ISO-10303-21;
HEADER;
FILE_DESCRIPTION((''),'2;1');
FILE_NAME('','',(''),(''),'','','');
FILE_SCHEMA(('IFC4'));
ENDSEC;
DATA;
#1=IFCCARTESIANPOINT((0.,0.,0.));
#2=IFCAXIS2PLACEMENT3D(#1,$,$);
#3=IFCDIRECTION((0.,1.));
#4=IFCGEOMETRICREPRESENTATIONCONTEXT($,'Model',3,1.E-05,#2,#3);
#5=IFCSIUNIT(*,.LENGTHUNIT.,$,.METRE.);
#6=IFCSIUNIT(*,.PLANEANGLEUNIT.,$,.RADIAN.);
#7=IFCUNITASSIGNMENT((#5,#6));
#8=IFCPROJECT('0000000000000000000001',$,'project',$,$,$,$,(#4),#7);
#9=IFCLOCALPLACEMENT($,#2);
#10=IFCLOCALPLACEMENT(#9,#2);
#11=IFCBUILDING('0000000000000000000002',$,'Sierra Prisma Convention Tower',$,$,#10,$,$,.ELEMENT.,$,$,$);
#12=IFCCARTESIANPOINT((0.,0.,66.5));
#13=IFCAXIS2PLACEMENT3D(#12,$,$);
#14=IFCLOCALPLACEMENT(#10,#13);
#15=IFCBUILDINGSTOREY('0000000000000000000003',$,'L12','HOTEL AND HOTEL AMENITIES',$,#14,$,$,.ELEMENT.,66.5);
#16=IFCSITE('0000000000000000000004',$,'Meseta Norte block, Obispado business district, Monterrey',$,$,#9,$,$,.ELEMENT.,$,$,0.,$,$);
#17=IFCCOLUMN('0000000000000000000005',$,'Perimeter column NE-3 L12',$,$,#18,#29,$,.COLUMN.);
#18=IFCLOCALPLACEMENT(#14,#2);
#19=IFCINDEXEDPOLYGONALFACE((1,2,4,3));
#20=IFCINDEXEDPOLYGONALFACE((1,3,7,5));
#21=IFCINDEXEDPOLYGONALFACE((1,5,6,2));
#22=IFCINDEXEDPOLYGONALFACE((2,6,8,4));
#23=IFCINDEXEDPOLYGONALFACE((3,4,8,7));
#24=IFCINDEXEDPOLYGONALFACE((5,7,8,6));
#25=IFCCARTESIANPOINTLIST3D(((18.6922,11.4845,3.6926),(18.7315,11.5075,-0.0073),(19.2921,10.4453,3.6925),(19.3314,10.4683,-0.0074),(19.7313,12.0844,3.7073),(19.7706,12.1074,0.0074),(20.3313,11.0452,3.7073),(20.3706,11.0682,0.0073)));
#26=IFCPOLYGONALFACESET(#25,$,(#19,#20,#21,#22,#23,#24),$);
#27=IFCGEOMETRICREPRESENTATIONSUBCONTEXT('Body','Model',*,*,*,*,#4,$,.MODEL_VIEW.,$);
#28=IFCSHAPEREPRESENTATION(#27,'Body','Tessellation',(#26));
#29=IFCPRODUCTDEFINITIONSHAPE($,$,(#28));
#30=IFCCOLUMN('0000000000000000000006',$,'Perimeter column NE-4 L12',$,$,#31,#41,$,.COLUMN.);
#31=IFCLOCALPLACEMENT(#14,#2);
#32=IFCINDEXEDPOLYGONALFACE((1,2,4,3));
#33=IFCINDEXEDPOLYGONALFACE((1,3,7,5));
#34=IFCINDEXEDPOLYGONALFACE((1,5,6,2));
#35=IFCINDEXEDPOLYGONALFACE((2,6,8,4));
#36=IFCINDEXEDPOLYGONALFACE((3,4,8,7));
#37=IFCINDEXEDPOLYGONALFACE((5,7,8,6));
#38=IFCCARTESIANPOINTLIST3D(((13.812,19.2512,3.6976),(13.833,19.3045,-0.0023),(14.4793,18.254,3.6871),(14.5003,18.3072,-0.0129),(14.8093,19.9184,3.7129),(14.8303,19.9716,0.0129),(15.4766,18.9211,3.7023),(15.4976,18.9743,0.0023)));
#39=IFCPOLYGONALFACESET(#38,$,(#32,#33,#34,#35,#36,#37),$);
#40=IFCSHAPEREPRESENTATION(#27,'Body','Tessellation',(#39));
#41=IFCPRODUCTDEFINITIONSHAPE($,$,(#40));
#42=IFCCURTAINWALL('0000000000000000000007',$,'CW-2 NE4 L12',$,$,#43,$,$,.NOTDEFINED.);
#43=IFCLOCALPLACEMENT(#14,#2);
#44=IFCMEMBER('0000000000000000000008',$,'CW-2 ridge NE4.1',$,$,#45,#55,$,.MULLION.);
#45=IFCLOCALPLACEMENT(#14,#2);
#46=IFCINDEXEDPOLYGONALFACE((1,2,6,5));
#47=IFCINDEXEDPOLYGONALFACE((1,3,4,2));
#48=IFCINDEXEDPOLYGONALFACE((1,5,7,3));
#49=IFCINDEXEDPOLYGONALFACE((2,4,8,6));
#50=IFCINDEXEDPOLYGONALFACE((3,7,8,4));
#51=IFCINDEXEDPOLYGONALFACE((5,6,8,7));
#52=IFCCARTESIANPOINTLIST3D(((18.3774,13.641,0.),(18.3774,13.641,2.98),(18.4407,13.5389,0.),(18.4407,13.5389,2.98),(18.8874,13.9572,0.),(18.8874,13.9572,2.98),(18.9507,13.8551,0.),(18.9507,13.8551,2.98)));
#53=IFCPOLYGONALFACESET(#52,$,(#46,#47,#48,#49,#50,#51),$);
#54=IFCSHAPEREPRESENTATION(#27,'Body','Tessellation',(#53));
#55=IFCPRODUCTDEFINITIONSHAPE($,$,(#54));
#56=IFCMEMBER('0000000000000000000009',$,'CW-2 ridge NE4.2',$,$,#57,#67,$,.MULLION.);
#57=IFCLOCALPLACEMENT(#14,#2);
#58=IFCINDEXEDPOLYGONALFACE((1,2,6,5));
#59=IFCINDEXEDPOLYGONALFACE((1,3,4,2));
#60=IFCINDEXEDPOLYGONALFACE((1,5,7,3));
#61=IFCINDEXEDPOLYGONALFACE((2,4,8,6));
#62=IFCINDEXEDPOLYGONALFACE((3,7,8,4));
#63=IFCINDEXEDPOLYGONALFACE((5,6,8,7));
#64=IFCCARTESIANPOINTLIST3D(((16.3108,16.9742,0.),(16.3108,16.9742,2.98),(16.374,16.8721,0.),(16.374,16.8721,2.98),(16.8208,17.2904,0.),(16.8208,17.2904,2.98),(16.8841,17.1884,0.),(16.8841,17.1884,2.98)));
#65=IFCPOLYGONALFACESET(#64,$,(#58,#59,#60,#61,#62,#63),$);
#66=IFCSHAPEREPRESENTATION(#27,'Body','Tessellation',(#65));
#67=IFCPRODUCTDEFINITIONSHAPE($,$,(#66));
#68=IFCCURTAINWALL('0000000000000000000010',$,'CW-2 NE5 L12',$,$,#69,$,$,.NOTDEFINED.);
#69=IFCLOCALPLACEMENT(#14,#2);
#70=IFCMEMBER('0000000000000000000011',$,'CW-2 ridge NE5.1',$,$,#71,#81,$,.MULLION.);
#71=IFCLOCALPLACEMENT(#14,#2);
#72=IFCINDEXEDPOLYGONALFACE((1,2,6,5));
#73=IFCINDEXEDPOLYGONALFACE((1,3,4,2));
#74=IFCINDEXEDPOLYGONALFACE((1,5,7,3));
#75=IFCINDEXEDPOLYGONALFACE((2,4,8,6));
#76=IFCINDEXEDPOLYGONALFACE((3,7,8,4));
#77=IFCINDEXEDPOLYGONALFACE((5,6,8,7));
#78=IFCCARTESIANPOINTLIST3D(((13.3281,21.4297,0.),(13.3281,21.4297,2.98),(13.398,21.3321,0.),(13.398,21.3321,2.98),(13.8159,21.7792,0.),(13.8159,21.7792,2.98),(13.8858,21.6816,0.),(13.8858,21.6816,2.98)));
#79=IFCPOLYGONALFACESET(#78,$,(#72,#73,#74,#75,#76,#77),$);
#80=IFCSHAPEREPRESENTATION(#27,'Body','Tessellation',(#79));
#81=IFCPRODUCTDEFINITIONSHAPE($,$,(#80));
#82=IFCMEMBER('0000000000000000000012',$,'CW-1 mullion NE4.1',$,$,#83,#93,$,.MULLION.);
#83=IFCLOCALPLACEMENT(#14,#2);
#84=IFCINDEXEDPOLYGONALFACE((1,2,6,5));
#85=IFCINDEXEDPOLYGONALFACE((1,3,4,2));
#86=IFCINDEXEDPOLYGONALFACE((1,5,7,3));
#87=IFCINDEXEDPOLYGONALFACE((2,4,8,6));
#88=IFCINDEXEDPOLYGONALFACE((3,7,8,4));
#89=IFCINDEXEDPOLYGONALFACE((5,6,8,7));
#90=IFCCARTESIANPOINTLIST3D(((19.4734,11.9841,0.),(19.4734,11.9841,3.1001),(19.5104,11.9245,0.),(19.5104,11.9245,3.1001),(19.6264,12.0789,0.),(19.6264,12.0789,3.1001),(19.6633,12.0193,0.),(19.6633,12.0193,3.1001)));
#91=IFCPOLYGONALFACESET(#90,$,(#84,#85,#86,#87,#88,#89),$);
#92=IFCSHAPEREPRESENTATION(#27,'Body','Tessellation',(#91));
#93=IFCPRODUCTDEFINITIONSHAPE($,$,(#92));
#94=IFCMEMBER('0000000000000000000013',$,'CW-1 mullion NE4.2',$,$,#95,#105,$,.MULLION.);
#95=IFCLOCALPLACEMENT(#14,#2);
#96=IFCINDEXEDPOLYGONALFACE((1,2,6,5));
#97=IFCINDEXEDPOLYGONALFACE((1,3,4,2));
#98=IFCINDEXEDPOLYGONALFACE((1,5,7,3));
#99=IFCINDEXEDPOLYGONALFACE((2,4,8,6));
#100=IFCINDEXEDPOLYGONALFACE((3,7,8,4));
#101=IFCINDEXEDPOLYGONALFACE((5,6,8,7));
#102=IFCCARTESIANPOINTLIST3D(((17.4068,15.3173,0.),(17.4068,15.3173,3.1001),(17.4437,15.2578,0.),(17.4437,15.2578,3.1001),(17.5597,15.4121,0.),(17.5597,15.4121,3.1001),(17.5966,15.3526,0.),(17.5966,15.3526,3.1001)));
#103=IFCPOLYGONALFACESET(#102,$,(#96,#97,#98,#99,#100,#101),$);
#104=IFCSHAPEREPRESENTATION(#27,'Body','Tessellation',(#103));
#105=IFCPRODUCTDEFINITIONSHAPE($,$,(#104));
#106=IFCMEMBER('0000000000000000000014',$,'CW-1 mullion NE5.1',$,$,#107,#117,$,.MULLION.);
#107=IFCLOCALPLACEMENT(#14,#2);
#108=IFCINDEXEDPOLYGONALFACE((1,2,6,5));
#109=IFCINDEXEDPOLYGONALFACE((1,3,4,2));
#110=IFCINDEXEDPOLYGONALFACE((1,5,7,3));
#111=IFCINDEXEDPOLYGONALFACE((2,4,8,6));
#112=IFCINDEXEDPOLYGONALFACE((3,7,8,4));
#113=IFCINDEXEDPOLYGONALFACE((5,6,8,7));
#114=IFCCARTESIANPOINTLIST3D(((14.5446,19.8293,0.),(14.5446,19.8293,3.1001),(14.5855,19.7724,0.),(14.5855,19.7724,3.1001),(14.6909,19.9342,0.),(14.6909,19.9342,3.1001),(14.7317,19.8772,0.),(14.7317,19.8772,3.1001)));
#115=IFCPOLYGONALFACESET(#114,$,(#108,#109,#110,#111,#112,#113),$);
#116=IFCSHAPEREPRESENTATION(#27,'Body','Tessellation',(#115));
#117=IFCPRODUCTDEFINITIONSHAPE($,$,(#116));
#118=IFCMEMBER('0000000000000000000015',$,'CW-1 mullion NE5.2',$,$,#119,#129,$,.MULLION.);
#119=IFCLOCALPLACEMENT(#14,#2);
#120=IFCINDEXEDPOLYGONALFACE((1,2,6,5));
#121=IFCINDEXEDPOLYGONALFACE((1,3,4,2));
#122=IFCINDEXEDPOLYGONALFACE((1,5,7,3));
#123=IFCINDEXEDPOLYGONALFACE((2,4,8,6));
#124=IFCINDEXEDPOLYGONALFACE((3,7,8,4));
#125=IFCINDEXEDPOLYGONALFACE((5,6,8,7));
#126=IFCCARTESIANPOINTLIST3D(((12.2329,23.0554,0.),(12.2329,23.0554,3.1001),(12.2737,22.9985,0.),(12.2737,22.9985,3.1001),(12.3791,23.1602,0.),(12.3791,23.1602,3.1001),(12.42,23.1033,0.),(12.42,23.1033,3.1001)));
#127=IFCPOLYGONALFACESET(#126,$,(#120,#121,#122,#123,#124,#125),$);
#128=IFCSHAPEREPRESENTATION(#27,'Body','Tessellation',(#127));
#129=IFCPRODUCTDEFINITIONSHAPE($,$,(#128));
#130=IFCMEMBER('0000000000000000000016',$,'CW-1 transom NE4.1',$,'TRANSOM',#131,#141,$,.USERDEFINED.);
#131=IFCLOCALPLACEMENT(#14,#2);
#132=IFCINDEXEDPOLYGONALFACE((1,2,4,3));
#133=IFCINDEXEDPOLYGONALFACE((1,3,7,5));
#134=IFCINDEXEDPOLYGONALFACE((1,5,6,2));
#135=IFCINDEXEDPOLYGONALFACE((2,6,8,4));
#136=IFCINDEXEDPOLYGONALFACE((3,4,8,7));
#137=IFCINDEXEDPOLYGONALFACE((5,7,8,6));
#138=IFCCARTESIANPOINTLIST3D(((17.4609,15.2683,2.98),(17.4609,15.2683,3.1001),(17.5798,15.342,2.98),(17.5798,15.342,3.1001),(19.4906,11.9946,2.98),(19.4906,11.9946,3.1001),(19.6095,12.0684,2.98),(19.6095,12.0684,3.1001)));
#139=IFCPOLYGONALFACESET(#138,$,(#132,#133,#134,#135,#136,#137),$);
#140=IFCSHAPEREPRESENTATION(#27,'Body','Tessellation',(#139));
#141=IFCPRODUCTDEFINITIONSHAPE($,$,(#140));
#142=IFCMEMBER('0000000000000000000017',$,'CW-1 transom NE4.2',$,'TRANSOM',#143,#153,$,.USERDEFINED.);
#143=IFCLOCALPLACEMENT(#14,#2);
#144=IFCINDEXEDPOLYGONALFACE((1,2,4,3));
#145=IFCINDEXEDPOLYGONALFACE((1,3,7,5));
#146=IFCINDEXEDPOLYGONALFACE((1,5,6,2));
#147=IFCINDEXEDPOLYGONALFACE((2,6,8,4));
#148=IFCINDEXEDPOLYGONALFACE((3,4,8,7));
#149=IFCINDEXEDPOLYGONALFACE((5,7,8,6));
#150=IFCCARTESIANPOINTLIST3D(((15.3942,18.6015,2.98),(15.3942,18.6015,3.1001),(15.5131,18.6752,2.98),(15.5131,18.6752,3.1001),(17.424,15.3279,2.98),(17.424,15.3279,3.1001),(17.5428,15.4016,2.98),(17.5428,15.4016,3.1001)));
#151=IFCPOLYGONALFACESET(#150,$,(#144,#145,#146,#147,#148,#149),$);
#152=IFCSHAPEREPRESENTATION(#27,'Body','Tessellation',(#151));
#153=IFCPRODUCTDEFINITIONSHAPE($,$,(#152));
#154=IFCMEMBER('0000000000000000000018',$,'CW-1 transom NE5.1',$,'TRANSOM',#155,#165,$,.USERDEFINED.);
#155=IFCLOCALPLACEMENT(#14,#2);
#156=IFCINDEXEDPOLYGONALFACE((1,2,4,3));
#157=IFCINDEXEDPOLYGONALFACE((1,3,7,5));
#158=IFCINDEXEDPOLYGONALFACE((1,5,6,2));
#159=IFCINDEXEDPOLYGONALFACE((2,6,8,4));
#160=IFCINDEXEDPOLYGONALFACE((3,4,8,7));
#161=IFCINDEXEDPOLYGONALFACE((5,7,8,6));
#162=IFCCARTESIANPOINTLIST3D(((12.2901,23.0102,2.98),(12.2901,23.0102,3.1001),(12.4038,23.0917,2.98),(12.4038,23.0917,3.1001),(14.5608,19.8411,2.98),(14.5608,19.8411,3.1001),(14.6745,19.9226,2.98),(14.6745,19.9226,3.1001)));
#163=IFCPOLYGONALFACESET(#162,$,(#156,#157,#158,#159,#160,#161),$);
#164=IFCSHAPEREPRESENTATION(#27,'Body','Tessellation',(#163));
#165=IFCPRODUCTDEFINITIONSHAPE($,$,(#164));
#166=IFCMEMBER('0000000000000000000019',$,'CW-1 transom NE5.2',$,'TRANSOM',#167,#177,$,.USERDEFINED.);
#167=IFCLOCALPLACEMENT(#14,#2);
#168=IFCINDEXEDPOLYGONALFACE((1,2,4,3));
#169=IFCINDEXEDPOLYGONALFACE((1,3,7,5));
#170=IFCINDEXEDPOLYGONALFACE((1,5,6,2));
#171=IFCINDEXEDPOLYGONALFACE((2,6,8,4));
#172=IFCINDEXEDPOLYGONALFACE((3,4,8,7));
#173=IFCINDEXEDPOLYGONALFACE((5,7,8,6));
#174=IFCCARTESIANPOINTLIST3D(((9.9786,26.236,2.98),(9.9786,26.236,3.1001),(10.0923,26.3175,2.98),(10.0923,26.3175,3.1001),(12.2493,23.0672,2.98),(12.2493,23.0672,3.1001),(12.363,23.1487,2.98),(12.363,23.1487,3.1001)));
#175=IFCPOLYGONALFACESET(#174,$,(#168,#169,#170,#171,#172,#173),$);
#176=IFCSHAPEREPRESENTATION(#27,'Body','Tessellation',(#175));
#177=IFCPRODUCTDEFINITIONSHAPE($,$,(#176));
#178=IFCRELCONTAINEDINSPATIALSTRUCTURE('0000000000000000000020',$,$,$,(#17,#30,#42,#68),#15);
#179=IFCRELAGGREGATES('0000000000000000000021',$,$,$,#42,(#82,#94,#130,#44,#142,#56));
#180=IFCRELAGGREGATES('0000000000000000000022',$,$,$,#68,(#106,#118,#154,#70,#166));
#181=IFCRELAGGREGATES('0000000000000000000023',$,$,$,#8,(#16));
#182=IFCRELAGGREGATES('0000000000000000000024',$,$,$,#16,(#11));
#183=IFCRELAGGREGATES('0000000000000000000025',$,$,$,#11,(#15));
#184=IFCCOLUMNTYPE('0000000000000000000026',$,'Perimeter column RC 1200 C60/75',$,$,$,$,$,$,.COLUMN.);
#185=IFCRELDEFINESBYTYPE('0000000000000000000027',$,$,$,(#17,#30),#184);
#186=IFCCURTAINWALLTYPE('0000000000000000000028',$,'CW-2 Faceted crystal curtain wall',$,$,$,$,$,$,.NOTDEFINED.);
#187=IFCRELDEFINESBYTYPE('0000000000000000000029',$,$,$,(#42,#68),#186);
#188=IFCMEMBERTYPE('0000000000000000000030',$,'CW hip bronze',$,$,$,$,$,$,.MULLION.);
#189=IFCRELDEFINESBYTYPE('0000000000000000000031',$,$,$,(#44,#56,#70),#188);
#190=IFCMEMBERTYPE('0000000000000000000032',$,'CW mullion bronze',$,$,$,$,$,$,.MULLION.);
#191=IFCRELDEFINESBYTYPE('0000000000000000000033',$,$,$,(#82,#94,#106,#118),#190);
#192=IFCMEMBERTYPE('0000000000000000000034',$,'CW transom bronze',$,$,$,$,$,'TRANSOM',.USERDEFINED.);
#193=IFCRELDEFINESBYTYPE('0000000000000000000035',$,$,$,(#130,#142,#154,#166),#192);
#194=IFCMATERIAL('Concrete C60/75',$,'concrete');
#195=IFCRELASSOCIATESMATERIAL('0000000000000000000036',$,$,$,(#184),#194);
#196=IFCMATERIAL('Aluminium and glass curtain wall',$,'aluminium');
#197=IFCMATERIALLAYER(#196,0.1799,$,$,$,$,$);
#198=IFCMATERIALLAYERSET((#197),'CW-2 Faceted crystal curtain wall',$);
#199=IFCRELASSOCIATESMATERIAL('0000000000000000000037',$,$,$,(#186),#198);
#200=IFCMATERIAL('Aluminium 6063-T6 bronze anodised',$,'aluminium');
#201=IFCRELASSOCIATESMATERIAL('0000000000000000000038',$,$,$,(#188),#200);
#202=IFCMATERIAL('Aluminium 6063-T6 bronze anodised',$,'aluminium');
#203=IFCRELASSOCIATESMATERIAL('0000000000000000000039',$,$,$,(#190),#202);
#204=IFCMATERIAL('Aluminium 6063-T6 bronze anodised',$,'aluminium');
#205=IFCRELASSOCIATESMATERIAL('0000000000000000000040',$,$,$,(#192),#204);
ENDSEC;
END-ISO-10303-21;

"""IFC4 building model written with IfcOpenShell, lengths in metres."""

from ifc_helpers import new_model, si_unit, direction, frame, origin, origin_2d, place, context, subcontext, project, spatial, rectangle, extrude, material, layer, layer_set, material_profile, profile_set, type_object, element, aggregate, save


model = new_model("IFC4")

# Units and contexts
model_context = context("Model", 3, precision=1e-05, world=origin(), true_north=direction((0.0, 1.0)))
body_context = subcontext(model_context, "Body", "Model", "MODEL_VIEW")
ifc_project = project(units=[si_unit("LENGTHUNIT", "METRE"), si_unit("PLANEANGLEUNIT", "RADIAN")], contexts=[model_context])

# Site, building, storey
site_placement = place(None, origin())
site = spatial("IfcSite", under=ifc_project, at=site_placement, Name="Meseta Norte block, Obispado business district, Monterrey", CompositionType="ELEMENT", RefElevation=0.0)
building_placement = place(site_placement, origin())
building = spatial("IfcBuilding", under=site, at=building_placement, Name="Sierra Prisma Convention Tower", CompositionType="ELEMENT")
storey_placement = place(building_placement, frame((0.0, 0.0, 66.5)))
storey = spatial("IfcBuildingStorey", under=building, at=storey_placement, Name="L12", Description="HOTEL AND HOTEL AMENITIES", CompositionType="ELEMENT", Elevation=66.5)

# Columns
ifc_material_1 = material(Name="Concrete C60/75", Category="concrete")
ifc_material_profile_1 = material_profile(ifc_material_1, rectangle(XDim=1.2, YDim=1.2, at=origin_2d()), Name="Perimeter column RC 1200 C60/75")
ifc_profile_set_1 = profile_set([ifc_material_profile_1], Name="Concrete C60/75")
column_type = type_object("IfcColumnType", Name="Perimeter column RC 1200 C60/75", PredefinedType="COLUMN", material=ifc_profile_set_1)
column_1_placement = place(storey_placement, frame((19.551, 11.2878, 0.0), z_axis=(-0.010623, -0.006202, 0.999924), x_axis=(-0.499972, 0.866042, 0.00006)))
element("IfcColumn", 1, at=column_1_placement, inside=storey, type_object=column_type, Name="Perimeter column NE-3 L12", PredefinedType="COLUMN", context=body_context, shape_type="SweptSolid", body=[
    extrude(rectangle(XDim=1.2, YDim=1.2, at=origin_2d()), origin(), (0.0, 0.0, 1.0), 3.7002),
])
column_2_placement = place(storey_placement, frame((14.6653, 19.1394, 0.0), z_axis=(-0.005674, -0.014383, 0.99988), x_axis=(-0.556089, 0.831076, 0.008799)))
element("IfcColumn", 2, at=column_2_placement, inside=storey, type_object=column_type, Name="Perimeter column NE-4 L12", PredefinedType="COLUMN", context=body_context, shape_type="SweptSolid", body=[
    extrude(rectangle(XDim=1.2, YDim=1.2, at=origin_2d()), origin(), (0.0, 0.0, 1.0), 3.7004),
])

# Curtain wall, members
ifc_material_2 = material(Name="Aluminium and glass curtain wall", Category="aluminium")
ifc_layer_1 = layer(ifc_material_2, 0.1799)
ifc_layer_set_1 = layer_set([ifc_layer_1], Name="CW-2 Faceted crystal curtain wall")
curtain_wall_type = type_object("IfcCurtainWallType", Name="CW-2 Faceted crystal curtain wall", PredefinedType="NOTDEFINED", material=ifc_layer_set_1)
curtain_wall_1_placement = place(storey_placement, origin())
curtain_wall_1 = element("IfcCurtainWall", 3, at=curtain_wall_1_placement, inside=storey, type_object=curtain_wall_type, Name="CW-2 NE4 L12", PredefinedType="NOTDEFINED")
ifc_material_3 = material(Name="Aluminium 6063-T6 bronze anodised", Category="aluminium")
ifc_material_profile_2 = material_profile(ifc_material_3, rectangle(XDim=0.1201, YDim=0.6001, at=origin_2d()), Name="ALU RIDGE BLADE 120x600")
ifc_profile_set_2 = profile_set([ifc_material_profile_2], Name="Aluminium 6063-T6 bronze anodised")
member_type_1 = type_object("IfcMemberType", Name="CW hip bronze", PredefinedType="MULLION", material=ifc_profile_set_2)
member_1_placement = place(storey_placement, frame((18.6641, 13.748, 0.0), z_axis=(0.0, 0.0, 1.0), x_axis=(-0.526936, 0.849905, 0.0)))
member_1 = element("IfcMember", 4, at=member_1_placement, type_object=member_type_1, Name="CW-2 ridge NE4.1", PredefinedType="MULLION", context=body_context, shape_type="SweptSolid", body=[
    extrude(rectangle(XDim=0.1201, YDim=0.6001, at=origin_2d()), origin(), (0.0, 0.0, 1.0), 2.98),
])
member_2_placement = place(storey_placement, frame((16.5974, 17.0813, 0.0), z_axis=(0.0, 0.0, 1.0), x_axis=(-0.526936, 0.849905, 0.0)))
member_2 = element("IfcMember", 5, at=member_2_placement, type_object=member_type_1, Name="CW-2 ridge NE4.2", PredefinedType="MULLION", context=body_context, shape_type="SweptSolid", body=[
    extrude(rectangle(XDim=0.1201, YDim=0.6001, at=origin_2d()), origin(), (0.0, 0.0, 1.0), 2.98),
])

# Curtain wall, member
curtain_wall_2_placement = place(storey_placement, origin())
curtain_wall_2 = element("IfcCurtainWall", 6, at=curtain_wall_2_placement, inside=storey, type_object=curtain_wall_type, Name="CW-2 NE5 L12", PredefinedType="NOTDEFINED")
member_3_placement = place(storey_placement, frame((13.6069, 21.5557, 0.0), z_axis=(0.0, 0.0, 1.0), x_axis=(-0.582447, 0.812868, 0.0)))
member_3 = element("IfcMember", 7, at=member_3_placement, type_object=member_type_1, Name="CW-2 ridge NE5.1", PredefinedType="MULLION", context=body_context, shape_type="SweptSolid", body=[
    extrude(rectangle(XDim=0.1201, YDim=0.6001, at=origin_2d()), origin(), (0.0, 0.0, 1.0), 2.98),
])

# Members
ifc_material_4 = material(Name="Aluminium 6063-T6 bronze anodised", Category="aluminium")
ifc_material_profile_3 = material_profile(ifc_material_4, rectangle(XDim=0.1799, YDim=0.0701, at=origin_2d()), Name="ALU MULLION 70x180")
ifc_profile_set_3 = profile_set([ifc_material_profile_3], Name="Aluminium 6063-T6 bronze anodised")
member_type_2 = type_object("IfcMemberType", Name="CW mullion bronze", PredefinedType="MULLION", material=ifc_profile_set_3)
member_4_placement = place(storey_placement, frame((19.5684, 12.0017, 0.0), z_axis=(0.0, 0.0, 1.0), x_axis=(-0.849905, -0.526936, 0.0)))
member_4 = element("IfcMember", 8, at=member_4_placement, type_object=member_type_2, Name="CW-1 mullion NE4.1", PredefinedType="MULLION", context=body_context, shape_type="SweptSolid", body=[
    extrude(rectangle(XDim=0.1799, YDim=0.0701, at=origin_2d()), origin(), (0.0, 0.0, 1.0), 3.1001),
])
member_5_placement = place(storey_placement, frame((17.5017, 15.335, 0.0), z_axis=(0.0, 0.0, 1.0), x_axis=(-0.849905, -0.526936, 0.0)))
member_5 = element("IfcMember", 9, at=member_5_placement, type_object=member_type_2, Name="CW-1 mullion NE4.2", PredefinedType="MULLION", context=body_context, shape_type="SweptSolid", body=[
    extrude(rectangle(XDim=0.1799, YDim=0.0701, at=origin_2d()), origin(), (0.0, 0.0, 1.0), 3.1001),
])
member_6_placement = place(storey_placement, frame((14.6382, 19.8533, 0.0), z_axis=(0.0, 0.0, 1.0), x_axis=(-0.812868, -0.582447, 0.0)))
member_6 = element("IfcMember", 10, at=member_6_placement, type_object=member_type_2, Name="CW-1 mullion NE5.1", PredefinedType="MULLION", context=body_context, shape_type="SweptSolid", body=[
    extrude(rectangle(XDim=0.1799, YDim=0.0701, at=origin_2d()), origin(), (0.0, 0.0, 1.0), 3.1001),
])
member_7_placement = place(storey_placement, frame((12.3264, 23.0793, 0.0), z_axis=(0.0, 0.0, 1.0), x_axis=(-0.812868, -0.582447, 0.0)))
member_7 = element("IfcMember", 11, at=member_7_placement, type_object=member_type_2, Name="CW-1 mullion NE5.2", PredefinedType="MULLION", context=body_context, shape_type="SweptSolid", body=[
    extrude(rectangle(XDim=0.1799, YDim=0.0701, at=origin_2d()), origin(), (0.0, 0.0, 1.0), 3.1001),
])
ifc_material_5 = material(Name="Aluminium 6063-T6 bronze anodised", Category="aluminium")
ifc_material_profile_4 = material_profile(ifc_material_5, rectangle(XDim=0.1399, YDim=0.1201, at=origin_2d()), Name="ALU TRANSOM 120x140")
ifc_profile_set_4 = profile_set([ifc_material_profile_4], Name="Aluminium 6063-T6 bronze anodised")
member_type_3 = type_object("IfcMemberType", Name="CW transom bronze", ElementType="TRANSOM", PredefinedType="USERDEFINED", material=ifc_profile_set_4)
member_8_placement = place(storey_placement, frame((19.55, 12.0315, 3.04), z_axis=(-0.526959, 0.849891, 0.0), x_axis=(-0.849891, -0.526959, 0.0)))
member_8 = element("IfcMember", 12, at=member_8_placement, type_object=member_type_3, Name="CW-1 transom NE4.1", ObjectType="TRANSOM", PredefinedType="USERDEFINED", context=body_context, shape_type="SweptSolid", body=[
    extrude(rectangle(XDim=0.1399, YDim=0.1201, at=origin_2d()), origin(), (0.0, 0.0, 1.0), 3.8518),
])
member_9_placement = place(storey_placement, frame((17.4834, 15.3647, 3.04), z_axis=(-0.526959, 0.849891, 0.0), x_axis=(-0.849891, -0.526959, 0.0)))
member_9 = element("IfcMember", 13, at=member_9_placement, type_object=member_type_3, Name="CW-1 transom NE4.2", ObjectType="TRANSOM", PredefinedType="USERDEFINED", context=body_context, shape_type="SweptSolid", body=[
    extrude(rectangle(XDim=0.1399, YDim=0.1201, at=origin_2d()), origin(), (0.0, 0.0, 1.0), 3.8518),
])
member_10_placement = place(storey_placement, frame((14.6177, 19.8818, 3.04), z_axis=(-0.582434, 0.812878, 0.0), x_axis=(-0.812878, -0.582434, 0.0)))
member_10 = element("IfcMember", 14, at=member_10_placement, type_object=member_type_3, Name="CW-1 transom NE5.1", ObjectType="TRANSOM", PredefinedType="USERDEFINED", context=body_context, shape_type="SweptSolid", body=[
    extrude(rectangle(XDim=0.1399, YDim=0.1201, at=origin_2d()), origin(), (0.0, 0.0, 1.0), 3.8987),
])
member_11_placement = place(storey_placement, frame((12.3062, 23.1079, 3.04), z_axis=(-0.582464, 0.812857, 0.0), x_axis=(-0.812857, -0.582464, 0.0)))
member_11 = element("IfcMember", 15, at=member_11_placement, type_object=member_type_3, Name="CW-1 transom NE5.2", ObjectType="TRANSOM", PredefinedType="USERDEFINED", context=body_context, shape_type="SweptSolid", body=[
    extrude(rectangle(XDim=0.1399, YDim=0.1201, at=origin_2d()), origin(), (0.0, 0.0, 1.0), 3.8984),
])

aggregate(curtain_wall_1, [member_4, member_5, member_8, member_1, member_9, member_2])
aggregate(curtain_wall_2, [member_6, member_7, member_10, member_3, member_11])

save(model, "model.ifc")
